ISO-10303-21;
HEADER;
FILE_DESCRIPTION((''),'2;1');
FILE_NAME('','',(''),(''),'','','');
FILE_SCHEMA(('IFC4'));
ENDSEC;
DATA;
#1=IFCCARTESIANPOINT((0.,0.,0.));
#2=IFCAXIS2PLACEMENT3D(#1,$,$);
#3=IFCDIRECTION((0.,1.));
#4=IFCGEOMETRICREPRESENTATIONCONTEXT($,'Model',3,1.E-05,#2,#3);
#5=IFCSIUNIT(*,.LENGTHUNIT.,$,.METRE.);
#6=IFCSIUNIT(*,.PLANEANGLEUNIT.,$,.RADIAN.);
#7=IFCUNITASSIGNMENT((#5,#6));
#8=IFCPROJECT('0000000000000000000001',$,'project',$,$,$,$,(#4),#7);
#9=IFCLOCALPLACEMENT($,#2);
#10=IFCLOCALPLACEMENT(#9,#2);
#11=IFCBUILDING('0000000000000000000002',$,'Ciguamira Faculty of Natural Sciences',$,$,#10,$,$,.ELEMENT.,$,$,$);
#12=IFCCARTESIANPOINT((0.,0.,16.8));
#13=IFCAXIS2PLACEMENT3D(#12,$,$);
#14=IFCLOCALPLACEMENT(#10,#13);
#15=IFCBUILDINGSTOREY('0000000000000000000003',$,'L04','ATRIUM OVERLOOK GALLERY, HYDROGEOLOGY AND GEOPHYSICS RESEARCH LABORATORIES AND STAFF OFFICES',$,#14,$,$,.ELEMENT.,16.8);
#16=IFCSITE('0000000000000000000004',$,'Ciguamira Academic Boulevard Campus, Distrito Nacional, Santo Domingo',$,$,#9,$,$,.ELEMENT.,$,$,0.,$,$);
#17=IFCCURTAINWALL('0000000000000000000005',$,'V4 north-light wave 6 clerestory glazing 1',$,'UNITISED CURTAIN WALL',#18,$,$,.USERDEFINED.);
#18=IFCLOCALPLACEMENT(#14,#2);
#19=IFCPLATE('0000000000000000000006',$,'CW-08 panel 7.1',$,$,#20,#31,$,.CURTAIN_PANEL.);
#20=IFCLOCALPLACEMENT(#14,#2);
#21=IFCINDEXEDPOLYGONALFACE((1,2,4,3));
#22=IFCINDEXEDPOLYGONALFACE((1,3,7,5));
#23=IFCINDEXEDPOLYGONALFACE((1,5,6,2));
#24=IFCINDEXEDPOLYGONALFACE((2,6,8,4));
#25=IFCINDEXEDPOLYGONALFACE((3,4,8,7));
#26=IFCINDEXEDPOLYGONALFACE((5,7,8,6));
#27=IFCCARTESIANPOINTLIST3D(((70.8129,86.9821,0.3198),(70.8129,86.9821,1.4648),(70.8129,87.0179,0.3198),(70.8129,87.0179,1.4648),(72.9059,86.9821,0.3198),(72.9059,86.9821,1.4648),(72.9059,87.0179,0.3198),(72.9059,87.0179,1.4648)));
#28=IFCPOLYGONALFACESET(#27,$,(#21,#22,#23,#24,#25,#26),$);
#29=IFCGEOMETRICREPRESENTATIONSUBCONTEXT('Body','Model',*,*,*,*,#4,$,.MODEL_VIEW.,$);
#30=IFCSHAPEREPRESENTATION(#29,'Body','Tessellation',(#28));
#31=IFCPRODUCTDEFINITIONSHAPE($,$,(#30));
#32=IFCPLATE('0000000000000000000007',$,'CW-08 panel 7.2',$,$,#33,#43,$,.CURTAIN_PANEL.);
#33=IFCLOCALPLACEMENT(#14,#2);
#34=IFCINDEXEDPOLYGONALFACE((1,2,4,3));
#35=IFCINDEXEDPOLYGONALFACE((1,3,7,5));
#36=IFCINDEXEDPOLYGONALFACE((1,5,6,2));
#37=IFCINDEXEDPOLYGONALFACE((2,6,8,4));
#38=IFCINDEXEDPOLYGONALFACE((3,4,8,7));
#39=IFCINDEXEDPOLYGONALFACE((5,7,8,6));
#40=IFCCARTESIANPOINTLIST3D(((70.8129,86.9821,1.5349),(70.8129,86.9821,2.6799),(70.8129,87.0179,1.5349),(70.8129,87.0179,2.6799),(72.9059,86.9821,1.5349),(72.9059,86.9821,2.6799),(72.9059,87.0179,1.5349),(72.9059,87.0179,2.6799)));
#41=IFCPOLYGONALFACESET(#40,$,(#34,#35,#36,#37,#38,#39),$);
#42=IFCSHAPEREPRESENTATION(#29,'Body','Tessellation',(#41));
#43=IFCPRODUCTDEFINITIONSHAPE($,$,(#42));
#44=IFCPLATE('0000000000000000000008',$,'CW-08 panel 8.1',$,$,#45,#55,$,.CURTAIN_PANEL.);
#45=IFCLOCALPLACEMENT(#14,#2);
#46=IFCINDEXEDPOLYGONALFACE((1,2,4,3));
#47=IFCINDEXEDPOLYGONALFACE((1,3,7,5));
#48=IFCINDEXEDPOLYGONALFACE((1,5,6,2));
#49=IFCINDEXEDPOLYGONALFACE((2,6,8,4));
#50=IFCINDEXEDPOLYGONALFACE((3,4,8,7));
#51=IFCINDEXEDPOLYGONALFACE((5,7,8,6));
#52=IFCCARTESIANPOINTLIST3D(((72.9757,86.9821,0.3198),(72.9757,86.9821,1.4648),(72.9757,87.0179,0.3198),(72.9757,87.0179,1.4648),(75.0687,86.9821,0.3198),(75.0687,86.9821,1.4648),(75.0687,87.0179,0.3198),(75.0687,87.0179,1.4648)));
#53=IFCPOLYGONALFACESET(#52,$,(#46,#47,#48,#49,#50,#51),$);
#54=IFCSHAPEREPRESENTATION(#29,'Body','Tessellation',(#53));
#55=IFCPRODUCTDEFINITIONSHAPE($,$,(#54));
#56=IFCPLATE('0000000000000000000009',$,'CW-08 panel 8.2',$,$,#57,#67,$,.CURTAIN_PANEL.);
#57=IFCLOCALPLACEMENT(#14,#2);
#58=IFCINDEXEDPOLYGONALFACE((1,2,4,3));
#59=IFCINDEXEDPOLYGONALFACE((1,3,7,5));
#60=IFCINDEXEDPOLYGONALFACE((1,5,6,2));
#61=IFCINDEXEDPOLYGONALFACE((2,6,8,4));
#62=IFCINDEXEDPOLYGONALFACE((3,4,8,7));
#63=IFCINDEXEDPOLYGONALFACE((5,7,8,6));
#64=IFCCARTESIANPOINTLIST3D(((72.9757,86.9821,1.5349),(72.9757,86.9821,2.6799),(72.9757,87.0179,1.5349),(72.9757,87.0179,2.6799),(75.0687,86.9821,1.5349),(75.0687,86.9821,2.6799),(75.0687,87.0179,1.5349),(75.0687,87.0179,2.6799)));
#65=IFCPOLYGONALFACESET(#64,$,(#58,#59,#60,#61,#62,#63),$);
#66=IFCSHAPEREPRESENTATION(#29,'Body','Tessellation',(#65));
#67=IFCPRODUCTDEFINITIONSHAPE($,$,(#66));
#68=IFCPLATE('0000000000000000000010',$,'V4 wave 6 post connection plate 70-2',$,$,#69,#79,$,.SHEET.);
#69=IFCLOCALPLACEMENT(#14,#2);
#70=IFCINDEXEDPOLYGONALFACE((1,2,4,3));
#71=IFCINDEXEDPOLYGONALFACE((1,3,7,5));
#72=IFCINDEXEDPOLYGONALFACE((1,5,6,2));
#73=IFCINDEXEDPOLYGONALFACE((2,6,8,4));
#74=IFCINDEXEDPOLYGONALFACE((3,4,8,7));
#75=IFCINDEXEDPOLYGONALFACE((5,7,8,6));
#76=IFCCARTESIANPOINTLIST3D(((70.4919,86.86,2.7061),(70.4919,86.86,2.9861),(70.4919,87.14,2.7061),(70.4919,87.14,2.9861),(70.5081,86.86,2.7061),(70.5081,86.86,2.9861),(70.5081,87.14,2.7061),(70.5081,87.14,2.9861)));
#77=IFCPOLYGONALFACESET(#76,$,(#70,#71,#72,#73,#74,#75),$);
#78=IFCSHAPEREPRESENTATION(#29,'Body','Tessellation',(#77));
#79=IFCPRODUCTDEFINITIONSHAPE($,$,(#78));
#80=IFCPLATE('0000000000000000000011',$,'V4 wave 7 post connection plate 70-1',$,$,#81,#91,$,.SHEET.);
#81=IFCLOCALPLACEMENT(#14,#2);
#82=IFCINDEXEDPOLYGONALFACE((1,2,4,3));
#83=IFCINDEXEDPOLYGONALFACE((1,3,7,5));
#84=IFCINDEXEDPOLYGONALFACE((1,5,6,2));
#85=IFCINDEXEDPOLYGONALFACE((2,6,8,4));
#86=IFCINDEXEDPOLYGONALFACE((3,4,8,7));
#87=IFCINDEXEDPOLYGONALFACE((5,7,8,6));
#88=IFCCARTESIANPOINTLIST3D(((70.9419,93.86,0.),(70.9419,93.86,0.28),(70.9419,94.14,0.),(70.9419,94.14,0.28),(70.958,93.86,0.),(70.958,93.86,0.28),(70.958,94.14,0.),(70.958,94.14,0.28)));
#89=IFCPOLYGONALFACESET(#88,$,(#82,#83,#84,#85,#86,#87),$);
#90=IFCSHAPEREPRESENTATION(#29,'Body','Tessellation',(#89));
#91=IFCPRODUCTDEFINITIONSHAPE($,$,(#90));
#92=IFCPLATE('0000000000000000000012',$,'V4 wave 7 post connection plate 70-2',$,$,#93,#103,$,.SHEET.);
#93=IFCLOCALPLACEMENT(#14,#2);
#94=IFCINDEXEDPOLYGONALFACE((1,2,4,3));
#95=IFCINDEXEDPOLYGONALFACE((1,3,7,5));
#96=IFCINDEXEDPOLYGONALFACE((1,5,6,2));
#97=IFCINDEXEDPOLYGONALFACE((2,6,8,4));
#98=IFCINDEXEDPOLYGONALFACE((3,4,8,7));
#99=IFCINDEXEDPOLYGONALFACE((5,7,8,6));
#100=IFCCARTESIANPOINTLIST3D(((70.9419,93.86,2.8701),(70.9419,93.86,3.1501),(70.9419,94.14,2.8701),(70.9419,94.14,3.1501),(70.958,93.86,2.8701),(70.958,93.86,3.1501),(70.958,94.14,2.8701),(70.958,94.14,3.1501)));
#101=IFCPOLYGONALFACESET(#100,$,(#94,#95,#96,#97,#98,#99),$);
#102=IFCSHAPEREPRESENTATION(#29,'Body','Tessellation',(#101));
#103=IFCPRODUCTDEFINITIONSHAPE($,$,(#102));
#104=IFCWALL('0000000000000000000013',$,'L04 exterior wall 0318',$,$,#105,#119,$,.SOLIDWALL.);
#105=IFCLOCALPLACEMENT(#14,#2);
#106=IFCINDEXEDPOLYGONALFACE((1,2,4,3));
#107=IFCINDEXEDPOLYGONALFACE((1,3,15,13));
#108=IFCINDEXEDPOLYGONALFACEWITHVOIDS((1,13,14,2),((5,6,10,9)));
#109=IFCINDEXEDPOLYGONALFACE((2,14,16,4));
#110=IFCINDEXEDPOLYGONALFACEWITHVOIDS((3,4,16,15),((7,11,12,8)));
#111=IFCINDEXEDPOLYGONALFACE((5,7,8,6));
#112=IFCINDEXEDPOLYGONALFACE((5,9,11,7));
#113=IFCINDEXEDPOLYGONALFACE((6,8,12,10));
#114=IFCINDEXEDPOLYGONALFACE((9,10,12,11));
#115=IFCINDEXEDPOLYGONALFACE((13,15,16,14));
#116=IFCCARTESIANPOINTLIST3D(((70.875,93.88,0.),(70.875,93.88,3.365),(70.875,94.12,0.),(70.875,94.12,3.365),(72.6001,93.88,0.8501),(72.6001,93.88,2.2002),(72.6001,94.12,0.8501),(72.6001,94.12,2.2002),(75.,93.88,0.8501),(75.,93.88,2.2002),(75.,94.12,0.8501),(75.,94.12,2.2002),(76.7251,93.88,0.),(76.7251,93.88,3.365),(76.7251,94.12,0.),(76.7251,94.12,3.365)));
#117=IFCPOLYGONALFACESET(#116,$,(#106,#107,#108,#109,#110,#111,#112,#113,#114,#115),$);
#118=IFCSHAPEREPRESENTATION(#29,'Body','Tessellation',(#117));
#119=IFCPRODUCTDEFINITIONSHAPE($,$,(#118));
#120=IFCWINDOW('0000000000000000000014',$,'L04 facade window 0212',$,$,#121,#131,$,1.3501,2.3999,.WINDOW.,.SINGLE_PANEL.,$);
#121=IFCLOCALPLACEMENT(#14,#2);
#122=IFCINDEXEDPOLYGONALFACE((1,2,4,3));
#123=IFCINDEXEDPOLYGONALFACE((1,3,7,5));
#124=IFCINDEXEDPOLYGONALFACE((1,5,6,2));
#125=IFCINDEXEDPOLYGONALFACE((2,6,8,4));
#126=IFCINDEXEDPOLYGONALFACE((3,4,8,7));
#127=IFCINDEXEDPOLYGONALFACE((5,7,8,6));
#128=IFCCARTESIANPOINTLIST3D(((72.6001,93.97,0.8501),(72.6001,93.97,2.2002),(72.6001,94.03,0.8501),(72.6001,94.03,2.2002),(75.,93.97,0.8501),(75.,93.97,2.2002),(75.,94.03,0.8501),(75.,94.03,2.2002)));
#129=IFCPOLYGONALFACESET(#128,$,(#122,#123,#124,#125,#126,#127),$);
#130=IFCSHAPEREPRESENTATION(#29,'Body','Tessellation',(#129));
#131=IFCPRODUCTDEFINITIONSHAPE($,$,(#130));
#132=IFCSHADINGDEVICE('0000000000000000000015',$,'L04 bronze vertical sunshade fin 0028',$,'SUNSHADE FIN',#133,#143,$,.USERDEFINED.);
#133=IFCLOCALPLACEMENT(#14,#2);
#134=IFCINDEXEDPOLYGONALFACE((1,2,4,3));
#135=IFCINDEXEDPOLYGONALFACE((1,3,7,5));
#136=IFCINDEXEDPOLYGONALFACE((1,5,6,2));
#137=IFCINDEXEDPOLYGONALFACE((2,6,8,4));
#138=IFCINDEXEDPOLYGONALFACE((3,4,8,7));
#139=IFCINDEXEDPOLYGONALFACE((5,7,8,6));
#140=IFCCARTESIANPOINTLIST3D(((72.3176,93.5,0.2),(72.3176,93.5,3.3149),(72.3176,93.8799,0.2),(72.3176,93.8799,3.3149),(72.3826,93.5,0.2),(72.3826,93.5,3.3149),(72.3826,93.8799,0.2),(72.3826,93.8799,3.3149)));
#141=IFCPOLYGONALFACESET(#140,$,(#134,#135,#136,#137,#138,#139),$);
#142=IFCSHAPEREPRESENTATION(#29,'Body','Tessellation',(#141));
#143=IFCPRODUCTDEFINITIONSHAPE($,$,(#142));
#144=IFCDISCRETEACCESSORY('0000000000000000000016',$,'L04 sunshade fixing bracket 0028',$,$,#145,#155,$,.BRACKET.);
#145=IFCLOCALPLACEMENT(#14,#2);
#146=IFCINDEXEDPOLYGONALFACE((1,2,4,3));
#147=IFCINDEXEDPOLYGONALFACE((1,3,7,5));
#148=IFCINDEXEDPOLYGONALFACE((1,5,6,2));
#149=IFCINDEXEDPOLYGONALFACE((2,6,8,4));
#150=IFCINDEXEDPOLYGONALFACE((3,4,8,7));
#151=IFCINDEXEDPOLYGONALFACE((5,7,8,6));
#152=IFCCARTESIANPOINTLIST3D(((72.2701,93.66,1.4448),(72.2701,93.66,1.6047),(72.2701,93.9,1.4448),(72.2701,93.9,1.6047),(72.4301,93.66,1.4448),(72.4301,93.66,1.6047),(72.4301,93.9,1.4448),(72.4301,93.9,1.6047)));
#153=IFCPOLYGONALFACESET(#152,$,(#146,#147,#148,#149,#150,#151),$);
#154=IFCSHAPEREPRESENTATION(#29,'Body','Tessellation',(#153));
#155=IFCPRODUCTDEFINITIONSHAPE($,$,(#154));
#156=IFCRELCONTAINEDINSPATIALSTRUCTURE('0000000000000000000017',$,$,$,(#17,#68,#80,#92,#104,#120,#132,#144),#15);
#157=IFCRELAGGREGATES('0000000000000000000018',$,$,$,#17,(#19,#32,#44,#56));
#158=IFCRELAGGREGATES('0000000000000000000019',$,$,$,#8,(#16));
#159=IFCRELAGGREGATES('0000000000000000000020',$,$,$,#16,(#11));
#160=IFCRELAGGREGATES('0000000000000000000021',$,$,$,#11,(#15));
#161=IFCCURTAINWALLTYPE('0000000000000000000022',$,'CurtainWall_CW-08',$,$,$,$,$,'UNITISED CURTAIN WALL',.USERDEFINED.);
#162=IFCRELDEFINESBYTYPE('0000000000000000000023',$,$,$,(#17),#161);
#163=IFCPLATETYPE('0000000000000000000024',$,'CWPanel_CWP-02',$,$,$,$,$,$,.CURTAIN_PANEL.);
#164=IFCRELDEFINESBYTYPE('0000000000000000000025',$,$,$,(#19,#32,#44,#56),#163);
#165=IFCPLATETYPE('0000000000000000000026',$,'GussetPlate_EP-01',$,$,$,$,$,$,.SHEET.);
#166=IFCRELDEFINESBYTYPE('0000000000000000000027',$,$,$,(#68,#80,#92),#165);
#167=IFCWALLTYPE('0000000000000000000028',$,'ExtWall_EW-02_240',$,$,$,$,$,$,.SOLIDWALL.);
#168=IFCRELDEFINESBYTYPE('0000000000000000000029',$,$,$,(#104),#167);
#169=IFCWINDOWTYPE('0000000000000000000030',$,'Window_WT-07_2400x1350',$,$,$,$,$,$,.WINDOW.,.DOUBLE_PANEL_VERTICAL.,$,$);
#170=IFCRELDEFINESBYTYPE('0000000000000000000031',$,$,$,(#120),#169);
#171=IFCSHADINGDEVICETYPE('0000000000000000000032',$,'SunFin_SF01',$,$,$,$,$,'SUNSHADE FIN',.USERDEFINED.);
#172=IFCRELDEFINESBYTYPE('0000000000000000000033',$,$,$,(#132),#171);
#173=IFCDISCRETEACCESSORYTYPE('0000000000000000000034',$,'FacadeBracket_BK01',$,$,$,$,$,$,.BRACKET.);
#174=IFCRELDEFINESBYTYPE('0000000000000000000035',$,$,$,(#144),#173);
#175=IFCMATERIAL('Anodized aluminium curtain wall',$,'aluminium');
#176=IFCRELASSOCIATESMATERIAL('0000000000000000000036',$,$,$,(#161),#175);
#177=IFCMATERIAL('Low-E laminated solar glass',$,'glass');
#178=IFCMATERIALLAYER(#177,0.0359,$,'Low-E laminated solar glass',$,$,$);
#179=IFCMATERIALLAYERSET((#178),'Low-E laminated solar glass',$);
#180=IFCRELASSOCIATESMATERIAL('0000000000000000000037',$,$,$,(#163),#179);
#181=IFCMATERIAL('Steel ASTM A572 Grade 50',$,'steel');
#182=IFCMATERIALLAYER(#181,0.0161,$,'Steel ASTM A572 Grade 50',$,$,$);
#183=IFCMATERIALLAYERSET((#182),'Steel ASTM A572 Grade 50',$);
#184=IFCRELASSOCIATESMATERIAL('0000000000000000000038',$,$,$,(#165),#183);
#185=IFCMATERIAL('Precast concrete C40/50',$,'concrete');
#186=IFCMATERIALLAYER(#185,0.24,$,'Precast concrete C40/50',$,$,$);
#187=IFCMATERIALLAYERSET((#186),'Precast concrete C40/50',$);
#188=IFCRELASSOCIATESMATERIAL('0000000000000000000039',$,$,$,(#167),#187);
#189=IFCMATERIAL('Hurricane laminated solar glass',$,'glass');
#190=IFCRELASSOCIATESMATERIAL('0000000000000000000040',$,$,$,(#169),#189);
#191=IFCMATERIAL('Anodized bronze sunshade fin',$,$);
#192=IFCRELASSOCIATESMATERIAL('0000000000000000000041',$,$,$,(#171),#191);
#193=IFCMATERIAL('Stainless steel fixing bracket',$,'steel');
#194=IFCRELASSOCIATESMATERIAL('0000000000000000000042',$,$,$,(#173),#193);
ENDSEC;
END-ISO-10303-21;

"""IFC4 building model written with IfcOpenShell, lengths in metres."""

from ifc_helpers import new_model, si_unit, direction, frame, frame_2d, origin, origin_2d, place, context, subcontext, project, spatial, rectangle, extrude, material, layer, layer_set, material_profile, profile_set, type_object, element, fill, aggregate, save


model = new_model("IFC4")

# Units and contexts
model_context = context("Model", 3, precision=1e-05, world=origin(), true_north=direction((0.0, 1.0)))
body_context = subcontext(model_context, "Body", "Model", "MODEL_VIEW")
ifc_project = project(units=[si_unit("LENGTHUNIT", "METRE"), si_unit("PLANEANGLEUNIT", "RADIAN")], contexts=[model_context])

# Site, building, storey
site_placement = place(None, origin())
site = spatial("IfcSite", under=ifc_project, at=site_placement, Name="Ciguamira Academic Boulevard Campus, Distrito Nacional, Santo Domingo", CompositionType="ELEMENT", RefElevation=0.0)
building_placement = place(site_placement, origin())
building = spatial("IfcBuilding", under=site, at=building_placement, Name="Ciguamira Faculty of Natural Sciences", CompositionType="ELEMENT")
storey_placement = place(building_placement, frame((0.0, 0.0, 16.8)))
storey = spatial("IfcBuildingStorey", under=building, at=storey_placement, Name="L04", Description="ATRIUM OVERLOOK GALLERY, HYDROGEOLOGY AND GEOPHYSICS RESEARCH LABORATORIES AND STAFF OFFICES", CompositionType="ELEMENT", Elevation=16.8)

# Curtain wall
ifc_material_1 = material(Name="Anodized aluminium curtain wall", Category="aluminium")
curtain_wall_type = type_object("IfcCurtainWallType", Name="CurtainWall_CW-08", ElementType="UNITISED CURTAIN WALL", PredefinedType="USERDEFINED", material=ifc_material_1)
curtain_wall_placement = place(storey_placement, origin())
curtain_wall = element("IfcCurtainWall", 1, at=curtain_wall_placement, inside=storey, type_object=curtain_wall_type, Name="V4 north-light wave 6 clerestory glazing 1", ObjectType="UNITISED CURTAIN WALL", PredefinedType="USERDEFINED")

# Plates
ifc_material_2 = material(Name="Low-E laminated solar glass", Category="glass")
ifc_layer_1 = layer(ifc_material_2, 0.0359, Name="Low-E laminated solar glass")
ifc_layer_set_1 = layer_set([ifc_layer_1], Name="Low-E laminated solar glass")
plate_type_1 = type_object("IfcPlateType", Name="CWPanel_CWP-02", PredefinedType="CURTAIN_PANEL", material=ifc_layer_set_1)
plate_1_placement = place(storey_placement, frame((71.8594, 87.0, 0.3198), z_axis=(0.0, 0.0, 1.0), x_axis=(1.0, 0.0, 0.0)))
plate_1 = element("IfcPlate", 2, at=plate_1_placement, type_object=plate_type_1, Name="CW-08 panel 7.1", PredefinedType="CURTAIN_PANEL", context=body_context, shape_type="SweptSolid", body=[
    extrude(rectangle(XDim=2.093, YDim=0.0359, at=origin_2d()), origin(), (0.0, 0.0, 1.0), 1.145),
])
plate_2_placement = place(storey_placement, frame((71.8594, 87.0, 1.5349), z_axis=(0.0, 0.0, 1.0), x_axis=(1.0, 0.0, 0.0)))
plate_2 = element("IfcPlate", 3, at=plate_2_placement, type_object=plate_type_1, Name="CW-08 panel 7.2", PredefinedType="CURTAIN_PANEL", context=body_context, shape_type="SweptSolid", body=[
    extrude(rectangle(XDim=2.093, YDim=0.0359, at=origin_2d()), origin(), (0.0, 0.0, 1.0), 1.145),
])
plate_3_placement = place(storey_placement, frame((74.0222, 87.0, 0.3198), z_axis=(0.0, 0.0, 1.0), x_axis=(1.0, 0.0, 0.0)))
plate_3 = element("IfcPlate", 4, at=plate_3_placement, type_object=plate_type_1, Name="CW-08 panel 8.1", PredefinedType="CURTAIN_PANEL", context=body_context, shape_type="SweptSolid", body=[
    extrude(rectangle(XDim=2.093, YDim=0.0359, at=origin_2d()), origin(), (0.0, 0.0, 1.0), 1.145),
])
plate_4_placement = place(storey_placement, frame((74.0222, 87.0, 1.5349), z_axis=(0.0, 0.0, 1.0), x_axis=(1.0, 0.0, 0.0)))
plate_4 = element("IfcPlate", 5, at=plate_4_placement, type_object=plate_type_1, Name="CW-08 panel 8.2", PredefinedType="CURTAIN_PANEL", context=body_context, shape_type="SweptSolid", body=[
    extrude(rectangle(XDim=2.093, YDim=0.0359, at=origin_2d()), origin(), (0.0, 0.0, 1.0), 1.145),
])
aggregate(curtain_wall, [plate_1, plate_2, plate_3, plate_4])

# Plates
ifc_material_3 = material(Name="Steel ASTM A572 Grade 50", Category="steel")
ifc_layer_2 = layer(ifc_material_3, 0.0161, Name="Steel ASTM A572 Grade 50")
ifc_layer_set_2 = layer_set([ifc_layer_2], Name="Steel ASTM A572 Grade 50")
plate_type_2 = type_object("IfcPlateType", Name="GussetPlate_EP-01", PredefinedType="SHEET", material=ifc_layer_set_2)
for number, where, z_axis, x_axis, name in (
    (6, (70.5, 87.0, 2.7061), (0.0, 0.0, 1.0), (1.0, 0.0, 0.0), "V4 wave 6 post connection plate 70-2"),
    (7, (70.95, 94.0, 0.0), (0.0, 0.0, 1.0), (1.0, 0.0, 0.0), "V4 wave 7 post connection plate 70-1"),
    (8, (70.95, 94.0, 2.8701), (0.0, 0.0, 1.0), (1.0, 0.0, 0.0), "V4 wave 7 post connection plate 70-2"),
):
    element("IfcPlate", number, at=place(storey_placement, frame(where, z_axis=z_axis, x_axis=x_axis)), inside=storey, type_object=plate_type_2, Name=name, PredefinedType="SHEET", context=body_context, shape_type="SweptSolid", body=[
        extrude(rectangle(XDim=0.0161, YDim=0.28, at=origin_2d()), origin(), (0.0, 0.0, 1.0), 0.28),
    ])

# Wall, opening, window
ifc_material_4 = material(Name="Precast concrete C40/50", Category="concrete")
ifc_layer_3 = layer(ifc_material_4, 0.24, Name="Precast concrete C40/50")
ifc_layer_set_3 = layer_set([ifc_layer_3], Name="Precast concrete C40/50")
wall_type = type_object("IfcWallType", Name="ExtWall_EW-02_240", PredefinedType="SOLIDWALL", material=ifc_layer_set_3)
wall_placement = place(storey_placement, frame((70.875, 94.0, 0.0), z_axis=(0.0, 0.0, 1.0), x_axis=(1.0, 0.0, 0.0)))
wall = element("IfcWall", 9, at=wall_placement, inside=storey, type_object=wall_type, Name="L04 exterior wall 0318", PredefinedType="SOLIDWALL", context=body_context, shape_type="SweptSolid", body=[
    extrude(rectangle(XDim=5.8501, YDim=0.24, at=frame_2d((2.925, 0.0))), origin(), (0.0, 0.0, 1.0), 3.365),
])
opening_placement = place(wall_placement, frame((1.7251, 0.0, 0.8501)))
opening = element("IfcOpeningElement", 10, at=opening_placement, cuts=wall, PredefinedType="OPENING", context=body_context, shape_type="SweptSolid", body=[
    extrude(rectangle(XDim=2.3999, YDim=1.3501, at=frame_2d((1.2, 0.675))), frame((0.0, 0.1299, 0.0), z_axis=(0.0, -1.0, 0.0), x_axis=(1.0, 0.0, 0.0)), (0.0, 0.0, 1.0), 0.26),
])
ifc_material_5 = material(Name="Hurricane laminated solar glass", Category="glass")
window_type = type_object("IfcWindowType", Name="Window_WT-07_2400x1350", PartitioningType="DOUBLE_PANEL_VERTICAL", PredefinedType="WINDOW", material=ifc_material_5)
window_placement = place(opening_placement, origin())
window = element("IfcWindow", 11, at=window_placement, inside=storey, type_object=window_type, Name="L04 facade window 0212", OverallHeight=1.3501, OverallWidth=2.3999, PartitioningType="SINGLE_PANEL", PredefinedType="WINDOW", context=body_context, shape_type="SweptSolid", body=[
    extrude(rectangle(XDim=2.3999, YDim=1.3501, at=frame_2d((1.2, 0.675))), frame((0.0, 0.03, 0.0), z_axis=(0.0, -1.0, 0.0), x_axis=(1.0, 0.0, 0.0)), (0.0, 0.0, 1.0), 0.0601),
])
fill(opening, window)

# Shading device
ifc_material_6 = material(Name="Anodized bronze sunshade fin")
ifc_material_profile_1 = material_profile(ifc_material_6, rectangle(XDim=0.0649, YDim=0.3799, at=origin_2d()), Name="BRZ-FIN-65X380")
ifc_profile_set_1 = profile_set([ifc_material_profile_1], Name="Anodized bronze sunshade fin")
shading_device_type = type_object("IfcShadingDeviceType", Name="SunFin_SF01", ElementType="SUNSHADE FIN", PredefinedType="USERDEFINED", material=ifc_profile_set_1)
shading_device_placement = place(storey_placement, frame((72.3501, 93.6899, 0.2), z_axis=(0.0, 0.0, 1.0), x_axis=(1.0, 0.0, 0.0)))
element("IfcShadingDevice", 12, at=shading_device_placement, inside=storey, type_object=shading_device_type, Name="L04 bronze vertical sunshade fin 0028", ObjectType="SUNSHADE FIN", PredefinedType="USERDEFINED", context=body_context, shape_type="SweptSolid", body=[
    extrude(rectangle(XDim=0.0649, YDim=0.3799, at=origin_2d()), origin(), (0.0, 0.0, 1.0), 3.115),
])

# Discrete accessory
ifc_material_7 = material(Name="Stainless steel fixing bracket", Category="steel")
discrete_accessory_type = type_object("IfcDiscreteAccessoryType", Name="FacadeBracket_BK01", PredefinedType="BRACKET", material=ifc_material_7)
discrete_accessory_placement = place(storey_placement, frame((72.3501, 93.78, 1.4448), z_axis=(0.0, 0.0, 1.0), x_axis=(1.0, 0.0, 0.0)))
element("IfcDiscreteAccessory", 13, at=discrete_accessory_placement, inside=storey, type_object=discrete_accessory_type, Name="L04 sunshade fixing bracket 0028", PredefinedType="BRACKET", context=body_context, shape_type="SweptSolid", body=[
    extrude(rectangle(XDim=0.1599, YDim=0.24, at=origin_2d()), origin(), (0.0, 0.0, 1.0), 0.1599),
])

save(model, "model.ifc")
